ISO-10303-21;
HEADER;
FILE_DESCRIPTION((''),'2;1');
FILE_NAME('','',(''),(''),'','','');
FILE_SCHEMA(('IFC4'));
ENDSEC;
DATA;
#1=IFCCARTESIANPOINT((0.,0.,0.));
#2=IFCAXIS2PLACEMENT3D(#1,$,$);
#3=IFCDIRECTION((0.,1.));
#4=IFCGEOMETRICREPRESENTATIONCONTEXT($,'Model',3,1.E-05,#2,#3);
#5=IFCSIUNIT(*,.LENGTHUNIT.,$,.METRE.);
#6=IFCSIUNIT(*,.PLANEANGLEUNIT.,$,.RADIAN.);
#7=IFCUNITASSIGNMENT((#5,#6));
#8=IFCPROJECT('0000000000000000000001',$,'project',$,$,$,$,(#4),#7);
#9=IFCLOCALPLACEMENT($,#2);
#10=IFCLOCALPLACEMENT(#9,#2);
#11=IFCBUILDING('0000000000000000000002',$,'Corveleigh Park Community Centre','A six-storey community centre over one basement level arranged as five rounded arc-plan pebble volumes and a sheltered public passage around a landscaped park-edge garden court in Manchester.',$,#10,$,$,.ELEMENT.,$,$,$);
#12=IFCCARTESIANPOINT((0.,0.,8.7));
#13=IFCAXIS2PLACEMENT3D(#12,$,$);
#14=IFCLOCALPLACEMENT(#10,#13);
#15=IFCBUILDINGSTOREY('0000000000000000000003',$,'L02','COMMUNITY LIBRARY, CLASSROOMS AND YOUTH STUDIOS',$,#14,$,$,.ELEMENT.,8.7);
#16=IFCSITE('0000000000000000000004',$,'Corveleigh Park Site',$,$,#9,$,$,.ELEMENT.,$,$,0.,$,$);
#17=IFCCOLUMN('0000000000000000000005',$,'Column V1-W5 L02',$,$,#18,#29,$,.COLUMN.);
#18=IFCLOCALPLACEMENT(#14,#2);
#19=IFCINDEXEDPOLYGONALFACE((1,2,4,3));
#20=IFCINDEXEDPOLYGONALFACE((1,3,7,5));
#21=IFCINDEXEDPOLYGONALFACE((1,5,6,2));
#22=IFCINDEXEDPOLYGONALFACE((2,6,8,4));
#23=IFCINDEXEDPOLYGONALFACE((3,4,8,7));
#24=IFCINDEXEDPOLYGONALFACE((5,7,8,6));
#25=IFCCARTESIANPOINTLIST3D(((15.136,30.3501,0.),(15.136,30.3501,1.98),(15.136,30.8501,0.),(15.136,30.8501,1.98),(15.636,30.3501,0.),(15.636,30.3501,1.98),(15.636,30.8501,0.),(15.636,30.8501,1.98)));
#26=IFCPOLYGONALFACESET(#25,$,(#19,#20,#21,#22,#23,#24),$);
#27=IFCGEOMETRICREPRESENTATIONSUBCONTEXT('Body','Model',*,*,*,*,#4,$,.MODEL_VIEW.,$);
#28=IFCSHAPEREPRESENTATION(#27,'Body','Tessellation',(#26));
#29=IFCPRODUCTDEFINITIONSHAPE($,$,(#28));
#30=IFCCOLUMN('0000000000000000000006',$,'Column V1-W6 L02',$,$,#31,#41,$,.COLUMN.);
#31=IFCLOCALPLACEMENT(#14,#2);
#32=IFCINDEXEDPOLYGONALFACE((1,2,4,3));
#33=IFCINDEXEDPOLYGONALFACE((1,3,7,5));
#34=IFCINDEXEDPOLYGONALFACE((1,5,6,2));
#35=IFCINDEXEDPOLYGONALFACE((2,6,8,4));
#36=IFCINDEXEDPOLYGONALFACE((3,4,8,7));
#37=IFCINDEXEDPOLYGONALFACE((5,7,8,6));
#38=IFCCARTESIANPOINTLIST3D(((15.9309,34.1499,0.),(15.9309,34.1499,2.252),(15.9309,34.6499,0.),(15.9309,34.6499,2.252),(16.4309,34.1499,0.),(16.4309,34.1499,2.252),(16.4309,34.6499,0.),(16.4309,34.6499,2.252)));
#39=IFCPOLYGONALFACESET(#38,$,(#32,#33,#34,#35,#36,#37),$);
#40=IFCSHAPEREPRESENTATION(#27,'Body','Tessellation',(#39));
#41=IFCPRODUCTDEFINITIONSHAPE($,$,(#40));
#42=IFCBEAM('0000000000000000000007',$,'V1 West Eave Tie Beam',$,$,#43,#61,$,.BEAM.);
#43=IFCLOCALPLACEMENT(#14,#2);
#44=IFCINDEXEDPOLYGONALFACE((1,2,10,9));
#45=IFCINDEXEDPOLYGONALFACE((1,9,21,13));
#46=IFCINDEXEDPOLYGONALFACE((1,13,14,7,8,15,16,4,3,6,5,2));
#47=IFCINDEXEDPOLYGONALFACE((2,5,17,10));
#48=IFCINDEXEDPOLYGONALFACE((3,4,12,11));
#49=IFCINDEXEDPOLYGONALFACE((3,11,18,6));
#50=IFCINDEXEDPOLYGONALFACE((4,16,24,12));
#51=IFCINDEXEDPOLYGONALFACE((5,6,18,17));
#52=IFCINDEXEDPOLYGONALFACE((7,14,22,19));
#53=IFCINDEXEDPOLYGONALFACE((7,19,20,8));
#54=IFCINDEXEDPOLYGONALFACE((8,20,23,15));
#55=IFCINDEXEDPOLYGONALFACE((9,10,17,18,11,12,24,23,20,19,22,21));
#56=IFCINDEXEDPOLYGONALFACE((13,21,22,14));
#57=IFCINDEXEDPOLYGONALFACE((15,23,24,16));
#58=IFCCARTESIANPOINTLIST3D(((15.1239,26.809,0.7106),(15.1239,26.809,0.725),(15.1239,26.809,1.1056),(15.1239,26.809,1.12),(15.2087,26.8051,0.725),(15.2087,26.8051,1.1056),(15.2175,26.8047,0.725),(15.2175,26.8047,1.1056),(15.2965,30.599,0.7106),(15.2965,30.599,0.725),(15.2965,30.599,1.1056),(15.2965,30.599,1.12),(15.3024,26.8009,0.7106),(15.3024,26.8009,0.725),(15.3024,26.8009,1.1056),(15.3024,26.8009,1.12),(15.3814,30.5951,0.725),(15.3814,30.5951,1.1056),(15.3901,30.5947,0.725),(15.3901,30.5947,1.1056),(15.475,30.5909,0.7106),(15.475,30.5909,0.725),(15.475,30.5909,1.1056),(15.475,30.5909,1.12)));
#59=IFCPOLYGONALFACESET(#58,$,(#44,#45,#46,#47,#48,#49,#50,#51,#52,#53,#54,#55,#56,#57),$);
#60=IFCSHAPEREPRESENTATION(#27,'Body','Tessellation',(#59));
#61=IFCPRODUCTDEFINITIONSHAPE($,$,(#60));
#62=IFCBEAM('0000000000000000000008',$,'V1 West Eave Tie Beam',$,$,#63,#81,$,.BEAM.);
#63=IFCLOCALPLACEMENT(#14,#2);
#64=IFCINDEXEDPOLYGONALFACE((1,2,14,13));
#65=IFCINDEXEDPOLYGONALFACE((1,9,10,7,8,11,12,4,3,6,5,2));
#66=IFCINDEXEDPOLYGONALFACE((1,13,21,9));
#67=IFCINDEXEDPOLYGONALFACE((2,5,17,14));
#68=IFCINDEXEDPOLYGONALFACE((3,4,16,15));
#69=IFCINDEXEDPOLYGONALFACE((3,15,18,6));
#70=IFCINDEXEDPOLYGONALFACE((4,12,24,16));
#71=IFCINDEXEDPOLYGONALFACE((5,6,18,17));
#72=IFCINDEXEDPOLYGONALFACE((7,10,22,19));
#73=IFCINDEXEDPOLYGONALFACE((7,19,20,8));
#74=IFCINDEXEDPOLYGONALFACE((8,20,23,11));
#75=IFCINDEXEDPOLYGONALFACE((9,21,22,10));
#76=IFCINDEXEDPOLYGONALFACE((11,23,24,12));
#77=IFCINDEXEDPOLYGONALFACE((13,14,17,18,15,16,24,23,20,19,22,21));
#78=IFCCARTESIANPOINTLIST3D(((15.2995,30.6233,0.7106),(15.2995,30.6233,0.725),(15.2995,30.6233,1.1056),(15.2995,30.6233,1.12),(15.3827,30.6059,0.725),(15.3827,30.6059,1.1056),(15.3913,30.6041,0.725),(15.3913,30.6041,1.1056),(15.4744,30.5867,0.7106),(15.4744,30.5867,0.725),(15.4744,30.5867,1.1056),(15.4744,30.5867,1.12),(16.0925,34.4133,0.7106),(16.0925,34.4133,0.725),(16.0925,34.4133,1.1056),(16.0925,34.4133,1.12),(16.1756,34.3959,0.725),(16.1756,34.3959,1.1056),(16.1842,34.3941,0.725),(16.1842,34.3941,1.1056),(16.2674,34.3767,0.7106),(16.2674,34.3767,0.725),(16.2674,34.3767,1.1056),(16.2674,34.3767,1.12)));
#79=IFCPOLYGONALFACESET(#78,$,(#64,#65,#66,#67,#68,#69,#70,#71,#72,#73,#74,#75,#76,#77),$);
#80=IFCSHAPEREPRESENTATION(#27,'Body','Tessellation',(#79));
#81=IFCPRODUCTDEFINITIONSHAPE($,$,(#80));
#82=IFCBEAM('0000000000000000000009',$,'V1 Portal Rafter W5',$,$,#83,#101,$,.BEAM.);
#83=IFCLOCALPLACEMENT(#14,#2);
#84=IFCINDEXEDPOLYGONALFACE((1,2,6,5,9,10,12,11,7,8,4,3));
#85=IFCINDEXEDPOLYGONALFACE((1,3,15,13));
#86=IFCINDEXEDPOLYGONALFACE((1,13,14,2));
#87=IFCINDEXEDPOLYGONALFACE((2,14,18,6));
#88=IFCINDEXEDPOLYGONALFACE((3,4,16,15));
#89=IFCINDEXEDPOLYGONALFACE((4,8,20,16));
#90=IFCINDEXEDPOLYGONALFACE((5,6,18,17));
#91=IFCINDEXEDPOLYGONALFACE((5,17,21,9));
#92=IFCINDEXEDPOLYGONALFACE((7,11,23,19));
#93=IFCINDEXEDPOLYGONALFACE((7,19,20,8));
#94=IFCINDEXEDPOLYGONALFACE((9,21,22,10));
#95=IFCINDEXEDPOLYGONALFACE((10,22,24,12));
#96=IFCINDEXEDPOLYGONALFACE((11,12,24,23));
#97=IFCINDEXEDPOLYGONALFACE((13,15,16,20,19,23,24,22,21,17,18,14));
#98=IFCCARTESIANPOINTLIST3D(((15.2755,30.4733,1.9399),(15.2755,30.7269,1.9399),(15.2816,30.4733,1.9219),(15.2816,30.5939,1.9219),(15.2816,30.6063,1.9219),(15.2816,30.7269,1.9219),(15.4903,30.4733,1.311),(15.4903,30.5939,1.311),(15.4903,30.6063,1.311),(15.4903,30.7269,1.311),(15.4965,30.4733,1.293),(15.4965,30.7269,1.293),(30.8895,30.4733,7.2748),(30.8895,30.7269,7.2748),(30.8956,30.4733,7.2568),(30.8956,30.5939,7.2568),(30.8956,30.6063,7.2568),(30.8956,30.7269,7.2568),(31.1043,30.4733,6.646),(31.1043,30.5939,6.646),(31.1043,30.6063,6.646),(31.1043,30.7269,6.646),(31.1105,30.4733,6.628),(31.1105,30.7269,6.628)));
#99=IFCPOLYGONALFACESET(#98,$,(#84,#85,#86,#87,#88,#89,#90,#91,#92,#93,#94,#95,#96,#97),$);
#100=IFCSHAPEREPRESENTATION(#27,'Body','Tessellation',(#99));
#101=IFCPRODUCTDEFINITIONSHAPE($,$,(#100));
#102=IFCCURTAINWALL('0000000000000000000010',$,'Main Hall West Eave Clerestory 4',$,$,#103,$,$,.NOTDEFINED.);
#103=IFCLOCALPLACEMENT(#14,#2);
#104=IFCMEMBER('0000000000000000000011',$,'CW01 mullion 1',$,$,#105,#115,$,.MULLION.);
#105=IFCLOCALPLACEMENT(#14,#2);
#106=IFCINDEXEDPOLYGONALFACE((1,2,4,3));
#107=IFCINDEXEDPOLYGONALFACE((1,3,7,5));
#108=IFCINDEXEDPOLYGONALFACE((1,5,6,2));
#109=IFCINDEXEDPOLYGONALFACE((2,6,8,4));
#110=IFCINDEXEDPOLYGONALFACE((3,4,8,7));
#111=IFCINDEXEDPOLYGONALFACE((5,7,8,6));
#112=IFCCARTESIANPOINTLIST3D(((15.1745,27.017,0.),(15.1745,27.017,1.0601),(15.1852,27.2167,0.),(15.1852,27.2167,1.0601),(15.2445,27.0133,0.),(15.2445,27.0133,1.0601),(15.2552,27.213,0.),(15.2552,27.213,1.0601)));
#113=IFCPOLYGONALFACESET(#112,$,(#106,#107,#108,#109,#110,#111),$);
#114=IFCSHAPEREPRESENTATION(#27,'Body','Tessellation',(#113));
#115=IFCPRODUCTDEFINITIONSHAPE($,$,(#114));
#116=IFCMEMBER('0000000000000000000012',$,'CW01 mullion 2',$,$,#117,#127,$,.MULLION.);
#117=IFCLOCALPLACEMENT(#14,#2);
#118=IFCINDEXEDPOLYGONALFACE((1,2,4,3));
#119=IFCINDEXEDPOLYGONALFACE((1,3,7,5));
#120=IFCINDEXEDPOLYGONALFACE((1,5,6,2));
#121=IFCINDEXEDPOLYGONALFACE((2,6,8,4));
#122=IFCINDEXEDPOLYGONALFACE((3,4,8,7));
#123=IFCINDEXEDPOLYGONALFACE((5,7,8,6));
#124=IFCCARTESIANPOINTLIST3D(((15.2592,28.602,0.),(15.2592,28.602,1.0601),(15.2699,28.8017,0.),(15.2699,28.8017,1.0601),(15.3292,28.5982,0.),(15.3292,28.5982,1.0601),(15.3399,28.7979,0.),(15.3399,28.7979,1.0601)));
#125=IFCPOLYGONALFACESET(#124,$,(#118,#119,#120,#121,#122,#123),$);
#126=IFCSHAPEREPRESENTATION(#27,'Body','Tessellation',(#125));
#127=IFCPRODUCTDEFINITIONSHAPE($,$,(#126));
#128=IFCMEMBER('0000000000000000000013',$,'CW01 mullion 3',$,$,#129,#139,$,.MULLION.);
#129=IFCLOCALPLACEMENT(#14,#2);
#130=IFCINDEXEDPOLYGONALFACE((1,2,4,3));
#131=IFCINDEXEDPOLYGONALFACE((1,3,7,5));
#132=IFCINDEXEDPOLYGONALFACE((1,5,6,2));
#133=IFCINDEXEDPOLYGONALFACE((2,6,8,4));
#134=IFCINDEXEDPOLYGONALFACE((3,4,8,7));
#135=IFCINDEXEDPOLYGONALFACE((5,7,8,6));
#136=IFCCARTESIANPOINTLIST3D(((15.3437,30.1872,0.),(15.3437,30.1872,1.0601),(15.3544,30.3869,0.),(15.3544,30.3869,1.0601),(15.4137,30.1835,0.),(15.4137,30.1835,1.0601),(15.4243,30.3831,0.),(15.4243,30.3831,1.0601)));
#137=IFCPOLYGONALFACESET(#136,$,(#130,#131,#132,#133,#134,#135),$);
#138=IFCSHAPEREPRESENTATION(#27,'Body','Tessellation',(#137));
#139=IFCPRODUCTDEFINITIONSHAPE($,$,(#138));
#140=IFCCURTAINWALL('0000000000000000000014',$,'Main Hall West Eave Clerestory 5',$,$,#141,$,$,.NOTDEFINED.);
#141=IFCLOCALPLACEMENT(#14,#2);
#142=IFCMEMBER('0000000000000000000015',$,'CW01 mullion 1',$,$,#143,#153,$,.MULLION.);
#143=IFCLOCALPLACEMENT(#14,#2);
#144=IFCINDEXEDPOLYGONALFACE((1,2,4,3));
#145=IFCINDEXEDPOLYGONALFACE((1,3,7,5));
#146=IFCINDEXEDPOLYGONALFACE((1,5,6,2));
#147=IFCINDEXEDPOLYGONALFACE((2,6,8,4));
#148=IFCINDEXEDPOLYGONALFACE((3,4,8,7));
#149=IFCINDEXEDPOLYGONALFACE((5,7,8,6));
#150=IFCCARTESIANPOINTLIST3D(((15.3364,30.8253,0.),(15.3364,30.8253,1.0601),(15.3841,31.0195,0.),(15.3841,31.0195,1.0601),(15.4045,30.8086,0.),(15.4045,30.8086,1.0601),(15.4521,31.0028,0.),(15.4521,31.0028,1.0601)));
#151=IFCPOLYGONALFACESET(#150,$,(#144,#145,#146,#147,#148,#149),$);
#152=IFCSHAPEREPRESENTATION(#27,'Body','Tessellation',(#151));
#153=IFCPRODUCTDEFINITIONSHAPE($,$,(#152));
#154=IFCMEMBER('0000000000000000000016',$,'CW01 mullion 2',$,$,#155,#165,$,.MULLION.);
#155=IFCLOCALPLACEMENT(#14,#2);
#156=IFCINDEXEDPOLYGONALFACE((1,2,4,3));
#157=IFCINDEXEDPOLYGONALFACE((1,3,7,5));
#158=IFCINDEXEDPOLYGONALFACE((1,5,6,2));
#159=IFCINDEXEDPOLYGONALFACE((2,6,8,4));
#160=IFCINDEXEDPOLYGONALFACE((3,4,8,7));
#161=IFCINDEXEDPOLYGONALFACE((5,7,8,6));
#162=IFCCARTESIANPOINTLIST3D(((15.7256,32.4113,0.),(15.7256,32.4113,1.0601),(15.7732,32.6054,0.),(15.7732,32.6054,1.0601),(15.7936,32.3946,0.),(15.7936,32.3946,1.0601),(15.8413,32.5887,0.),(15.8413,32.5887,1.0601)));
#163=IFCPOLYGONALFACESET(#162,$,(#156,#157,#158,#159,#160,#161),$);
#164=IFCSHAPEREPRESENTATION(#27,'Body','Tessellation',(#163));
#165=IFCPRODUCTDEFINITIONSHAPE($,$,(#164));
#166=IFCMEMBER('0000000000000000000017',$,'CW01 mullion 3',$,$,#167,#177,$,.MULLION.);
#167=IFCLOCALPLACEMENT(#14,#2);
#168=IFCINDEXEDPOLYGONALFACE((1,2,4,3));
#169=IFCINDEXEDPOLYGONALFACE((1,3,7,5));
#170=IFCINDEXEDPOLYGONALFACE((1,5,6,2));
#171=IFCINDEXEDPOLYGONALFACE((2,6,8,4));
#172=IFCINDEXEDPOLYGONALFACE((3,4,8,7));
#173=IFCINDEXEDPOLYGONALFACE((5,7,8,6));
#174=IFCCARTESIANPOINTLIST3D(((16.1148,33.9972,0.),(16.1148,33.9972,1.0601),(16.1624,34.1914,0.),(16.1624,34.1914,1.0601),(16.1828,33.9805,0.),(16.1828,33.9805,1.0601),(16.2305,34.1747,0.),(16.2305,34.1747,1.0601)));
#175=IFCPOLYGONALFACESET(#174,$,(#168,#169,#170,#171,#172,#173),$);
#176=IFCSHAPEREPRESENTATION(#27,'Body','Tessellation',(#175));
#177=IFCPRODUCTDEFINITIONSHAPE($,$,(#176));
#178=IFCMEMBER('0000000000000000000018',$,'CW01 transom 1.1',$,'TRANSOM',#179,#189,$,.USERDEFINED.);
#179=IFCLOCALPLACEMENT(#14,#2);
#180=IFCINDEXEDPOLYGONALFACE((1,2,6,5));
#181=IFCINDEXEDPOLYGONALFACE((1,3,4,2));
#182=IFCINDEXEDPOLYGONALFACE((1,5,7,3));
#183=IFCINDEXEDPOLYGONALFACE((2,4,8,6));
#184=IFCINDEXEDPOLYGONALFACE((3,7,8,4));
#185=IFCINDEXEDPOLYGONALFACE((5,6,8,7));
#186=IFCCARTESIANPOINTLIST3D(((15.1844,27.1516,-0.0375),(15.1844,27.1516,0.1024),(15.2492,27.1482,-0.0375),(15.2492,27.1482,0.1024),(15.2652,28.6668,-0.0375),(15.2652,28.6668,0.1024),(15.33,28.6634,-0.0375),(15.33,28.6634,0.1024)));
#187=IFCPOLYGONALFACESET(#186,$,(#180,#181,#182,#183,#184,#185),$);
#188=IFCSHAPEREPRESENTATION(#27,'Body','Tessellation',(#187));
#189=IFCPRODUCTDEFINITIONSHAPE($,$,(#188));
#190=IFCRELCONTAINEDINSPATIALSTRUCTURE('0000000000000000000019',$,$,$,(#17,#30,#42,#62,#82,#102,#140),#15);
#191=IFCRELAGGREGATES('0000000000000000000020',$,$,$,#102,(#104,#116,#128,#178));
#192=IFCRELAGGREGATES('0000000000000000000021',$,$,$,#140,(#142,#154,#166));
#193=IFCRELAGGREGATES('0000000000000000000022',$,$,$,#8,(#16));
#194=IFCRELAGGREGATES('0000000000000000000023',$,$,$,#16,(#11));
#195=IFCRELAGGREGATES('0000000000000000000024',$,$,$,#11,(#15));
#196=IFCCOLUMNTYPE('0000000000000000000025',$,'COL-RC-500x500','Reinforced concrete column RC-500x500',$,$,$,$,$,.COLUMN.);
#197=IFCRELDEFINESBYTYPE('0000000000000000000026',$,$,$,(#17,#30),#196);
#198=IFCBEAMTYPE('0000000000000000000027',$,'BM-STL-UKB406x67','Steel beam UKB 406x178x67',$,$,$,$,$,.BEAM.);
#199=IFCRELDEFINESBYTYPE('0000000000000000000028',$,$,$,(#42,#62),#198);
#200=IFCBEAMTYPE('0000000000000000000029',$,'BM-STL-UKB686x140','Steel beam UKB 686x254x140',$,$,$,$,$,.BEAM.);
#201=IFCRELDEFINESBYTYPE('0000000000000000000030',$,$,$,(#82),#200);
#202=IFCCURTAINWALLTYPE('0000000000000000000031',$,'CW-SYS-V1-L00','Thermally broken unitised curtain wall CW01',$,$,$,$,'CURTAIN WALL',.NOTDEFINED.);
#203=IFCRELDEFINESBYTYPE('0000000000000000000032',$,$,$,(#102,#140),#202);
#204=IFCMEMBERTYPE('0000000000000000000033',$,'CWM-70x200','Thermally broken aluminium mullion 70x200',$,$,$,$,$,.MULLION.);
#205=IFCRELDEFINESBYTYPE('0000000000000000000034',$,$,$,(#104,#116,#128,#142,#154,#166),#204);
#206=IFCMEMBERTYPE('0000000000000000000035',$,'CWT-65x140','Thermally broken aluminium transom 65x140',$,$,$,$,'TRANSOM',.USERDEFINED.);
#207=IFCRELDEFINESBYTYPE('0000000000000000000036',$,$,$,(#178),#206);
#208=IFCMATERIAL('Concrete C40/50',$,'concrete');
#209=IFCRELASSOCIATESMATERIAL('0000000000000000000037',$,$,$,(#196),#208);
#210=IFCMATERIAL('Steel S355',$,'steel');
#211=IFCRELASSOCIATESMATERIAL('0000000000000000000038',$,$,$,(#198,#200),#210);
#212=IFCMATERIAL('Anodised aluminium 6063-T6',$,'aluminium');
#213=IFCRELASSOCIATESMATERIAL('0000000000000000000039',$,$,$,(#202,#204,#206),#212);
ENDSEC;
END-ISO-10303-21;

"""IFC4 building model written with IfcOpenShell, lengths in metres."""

from ifc_helpers import new_model, si_unit, direction, frame, origin, origin_2d, place, context, subcontext, project, spatial, rectangle, i_section, extrude, material, material_profile, profile_set, type_object, element, aggregate, save


model = new_model("IFC4")

# Units and contexts
model_context = context("Model", 3, precision=1e-05, world=origin(), true_north=direction((0.0, 1.0)))
body_context = subcontext(model_context, "Body", "Model", "MODEL_VIEW")
ifc_project = project(units=[si_unit("LENGTHUNIT", "METRE"), si_unit("PLANEANGLEUNIT", "RADIAN")], contexts=[model_context])

# Site, building, storey
site_placement = place(None, origin())
site = spatial("IfcSite", under=ifc_project, at=site_placement, Name="Corveleigh Park Site", CompositionType="ELEMENT", RefElevation=0.0)
building_placement = place(site_placement, origin())
building = spatial("IfcBuilding", under=site, at=building_placement, Name="Corveleigh Park Community Centre", Description="A six-storey community centre over one basement level arranged as five rounded arc-plan pebble volumes and a sheltered public passage around a landscaped park-edge garden court in Manchester.", CompositionType="ELEMENT")
storey_placement = place(building_placement, frame((0.0, 0.0, 8.7)))
storey = spatial("IfcBuildingStorey", under=building, at=storey_placement, Name="L02", Description="COMMUNITY LIBRARY, CLASSROOMS AND YOUTH STUDIOS", CompositionType="ELEMENT", Elevation=8.7)

# Columns
ifc_material_1 = material(Name="Concrete C40/50", Category="concrete")
ifc_material_profile_1 = material_profile(ifc_material_1, rectangle(XDim=0.5, YDim=0.5, at=origin_2d()), Name="RC-500x500", Category="concrete")
ifc_profile_set_1 = profile_set([ifc_material_profile_1], Name="Concrete C40/50")
column_type = type_object("IfcColumnType", Name="COL-RC-500x500", Description="Reinforced concrete column RC-500x500", PredefinedType="COLUMN", material=ifc_profile_set_1)
column_1_placement = place(storey_placement, frame((15.386, 30.6001, 0.0), z_axis=(0.0, 0.0, 1.0), x_axis=(1.0, 0.0, 0.0)))
element("IfcColumn", 1, at=column_1_placement, inside=storey, type_object=column_type, Name="Column V1-W5 L02", PredefinedType="COLUMN", context=body_context, shape_type="SweptSolid", body=[
    extrude(rectangle(XDim=0.5, YDim=0.5, at=origin_2d()), origin(), (0.0, 0.0, 1.0), 1.98),
])
column_2_placement = place(storey_placement, frame((16.1809, 34.3999, 0.0), z_axis=(0.0, 0.0, 1.0), x_axis=(1.0, 0.0, 0.0)))
element("IfcColumn", 2, at=column_2_placement, inside=storey, type_object=column_type, Name="Column V1-W6 L02", PredefinedType="COLUMN", context=body_context, shape_type="SweptSolid", body=[
    extrude(rectangle(XDim=0.5, YDim=0.5, at=origin_2d()), origin(), (0.0, 0.0, 1.0), 2.252),
])

# Beams
ifc_material_2 = material(Name="Steel S355", Category="steel")
ifc_material_profile_2 = material_profile(ifc_material_2, i_section(OverallWidth=0.1787, OverallDepth=0.4094, WebThickness=0.0088, FlangeThickness=0.0144, at=origin_2d()), Name="UKB 406x178x67", Category="steel")
ifc_profile_set_2 = profile_set([ifc_material_profile_2], Name="Steel S355")
beam_type_1 = type_object("IfcBeamType", Name="BM-STL-UKB406x67", Description="Steel beam UKB 406x178x67", PredefinedType="BEAM", material=ifc_profile_set_2)
beam_1_placement = place(storey_placement, frame((15.2131, 26.8049, 0.9153), z_axis=(0.045495, 0.998965, 0.0), x_axis=(-0.998965, 0.045495, 0.0)))
element("IfcBeam", 3, at=beam_1_placement, inside=storey, type_object=beam_type_1, Name="V1 West Eave Tie Beam", PredefinedType="BEAM", context=body_context, shape_type="SweptSolid", body=[
    extrude(i_section(OverallWidth=0.1787, OverallDepth=0.4094, WebThickness=0.0088, FlangeThickness=0.0144, at=origin_2d()), origin(), (0.0, 0.0, 1.0), 3.7939),
])
beam_2_placement = place(storey_placement, frame((15.387, 30.605, 0.9153), z_axis=(0.20479, 0.978806, 0.0), x_axis=(-0.978806, 0.20479, 0.0)))
element("IfcBeam", 4, at=beam_2_placement, inside=storey, type_object=beam_type_1, Name="V1 West Eave Tie Beam", PredefinedType="BEAM", context=body_context, shape_type="SweptSolid", body=[
    extrude(i_section(OverallWidth=0.1787, OverallDepth=0.4094, WebThickness=0.0088, FlangeThickness=0.0144, at=origin_2d()), origin(), (0.0, 0.0, 1.0), 3.8721),
])
ifc_material_profile_3 = material_profile(ifc_material_2, i_section(OverallWidth=0.2537, OverallDepth=0.6836, WebThickness=0.0125, FlangeThickness=0.019, at=origin_2d()), Name="UKB 686x254x140", Category="steel")
ifc_profile_set_3 = profile_set([ifc_material_profile_3], Name="Steel S355")
beam_type_2 = type_object("IfcBeamType", Name="BM-STL-UKB686x140", Description="Steel beam UKB 686x254x140", PredefinedType="BEAM", material=ifc_profile_set_3)
beam_3_placement = place(storey_placement, frame((15.386, 30.6001, 1.6165), z_axis=(0.946288, 0.0, 0.323325), x_axis=(0.0, 1.0, 0.0)))
element("IfcBeam", 5, at=beam_3_placement, inside=storey, type_object=beam_type_2, Name="V1 Portal Rafter W5", PredefinedType="BEAM", context=body_context, shape_type="SweptSolid", body=[
    extrude(i_section(OverallWidth=0.2537, OverallDepth=0.6836, WebThickness=0.0125, FlangeThickness=0.019, at=origin_2d()), origin(), (0.0, 0.0, 1.0), 16.5002),
])

# Curtain walls, members
ifc_material_3 = material(Name="Anodised aluminium 6063-T6", Category="aluminium")
curtain_wall_type = type_object("IfcCurtainWallType", Name="CW-SYS-V1-L00", Description="Thermally broken unitised curtain wall CW01", ElementType="CURTAIN WALL", PredefinedType="NOTDEFINED", material=ifc_material_3)
curtain_wall_1_placement = place(storey_placement, origin())
curtain_wall_1 = element("IfcCurtainWall", 6, at=curtain_wall_1_placement, inside=storey, type_object=curtain_wall_type, Name="Main Hall West Eave Clerestory 4", PredefinedType="NOTDEFINED")
ifc_material_profile_4 = material_profile(ifc_material_3, rectangle(XDim=0.0701, YDim=0.2, at=origin_2d()), Name="ALU-M70x200", Category="aluminium")
ifc_profile_set_4 = profile_set([ifc_material_profile_4], Name="Anodised aluminium 6063-T6")
member_type_1 = type_object("IfcMemberType", Name="CWM-70x200", Description="Thermally broken aluminium mullion 70x200", PredefinedType="MULLION", material=ifc_profile_set_4)
member_1_placement = place(storey_placement, frame((15.2148, 27.115, 0.0), z_axis=(0.0, 0.0, 1.0), x_axis=(-0.998578, 0.053319, 0.0)))
member_1 = element("IfcMember", 7, at=member_1_placement, type_object=member_type_1, Name="CW01 mullion 1", PredefinedType="MULLION", context=body_context, shape_type="SweptSolid", body=[
    extrude(rectangle(XDim=0.0701, YDim=0.2, at=origin_2d()), origin(), (0.0, 0.0, 1.0), 1.0601),
])
member_2_placement = place(storey_placement, frame((15.2996, 28.7, 0.0), z_axis=(0.0, 0.0, 1.0), x_axis=(-0.998578, 0.053319, 0.0)))
member_2 = element("IfcMember", 8, at=member_2_placement, type_object=member_type_1, Name="CW01 mullion 2", PredefinedType="MULLION", context=body_context, shape_type="SweptSolid", body=[
    extrude(rectangle(XDim=0.0701, YDim=0.2, at=origin_2d()), origin(), (0.0, 0.0, 1.0), 1.0601),
])
member_3_placement = place(storey_placement, frame((15.384, 30.2852, 0.0), z_axis=(0.0, 0.0, 1.0), x_axis=(-0.998578, 0.053319, 0.0)))
member_3 = element("IfcMember", 9, at=member_3_placement, type_object=member_type_1, Name="CW01 mullion 3", PredefinedType="MULLION", context=body_context, shape_type="SweptSolid", body=[
    extrude(rectangle(XDim=0.0701, YDim=0.2, at=origin_2d()), origin(), (0.0, 0.0, 1.0), 1.0601),
])
curtain_wall_2_placement = place(storey_placement, origin())
curtain_wall_2 = element("IfcCurtainWall", 10, at=curtain_wall_2_placement, inside=storey, type_object=curtain_wall_type, Name="Main Hall West Eave Clerestory 5", PredefinedType="NOTDEFINED")
member_4_placement = place(storey_placement, frame((15.3943, 30.9141, 0.0), z_axis=(0.0, 0.0, 1.0), x_axis=(-0.971191, 0.238302, 0.0)))
member_4 = element("IfcMember", 11, at=member_4_placement, type_object=member_type_1, Name="CW01 mullion 1", PredefinedType="MULLION", context=body_context, shape_type="SweptSolid", body=[
    extrude(rectangle(XDim=0.0701, YDim=0.2, at=origin_2d()), origin(), (0.0, 0.0, 1.0), 1.0601),
])
member_5_placement = place(storey_placement, frame((15.7834, 32.5, 0.0), z_axis=(0.0, 0.0, 1.0), x_axis=(-0.971191, 0.238302, 0.0)))
member_5 = element("IfcMember", 12, at=member_5_placement, type_object=member_type_1, Name="CW01 mullion 2", PredefinedType="MULLION", context=body_context, shape_type="SweptSolid", body=[
    extrude(rectangle(XDim=0.0701, YDim=0.2, at=origin_2d()), origin(), (0.0, 0.0, 1.0), 1.0601),
])
member_6_placement = place(storey_placement, frame((16.1726, 34.0859, 0.0), z_axis=(0.0, 0.0, 1.0), x_axis=(-0.971191, 0.238302, 0.0)))
member_6 = element("IfcMember", 13, at=member_6_placement, type_object=member_type_1, Name="CW01 mullion 3", PredefinedType="MULLION", context=body_context, shape_type="SweptSolid", body=[
    extrude(rectangle(XDim=0.0701, YDim=0.2, at=origin_2d()), origin(), (0.0, 0.0, 1.0), 1.0601),
])

# Member
ifc_material_profile_5 = material_profile(ifc_material_3, rectangle(XDim=0.0649, YDim=0.1399, at=origin_2d()), Name="ALU-T65x140", Category="aluminium")
ifc_profile_set_5 = profile_set([ifc_material_profile_5], Name="Anodised aluminium 6063-T6")
member_type_2 = type_object("IfcMemberType", Name="CWT-65x140", Description="Thermally broken aluminium transom 65x140", ElementType="TRANSOM", PredefinedType="USERDEFINED", material=ifc_profile_set_5)
member_7_placement = place(storey_placement, frame((15.2168, 27.1499, 0.0325), z_axis=(0.05326, 0.998581, 0.0), x_axis=(-0.998581, 0.05326, 0.0)))
member_7 = element("IfcMember", 14, at=member_7_placement, type_object=member_type_2, Name="CW01 transom 1.1", ObjectType="TRANSOM", PredefinedType="USERDEFINED", context=body_context, shape_type="SweptSolid", body=[
    extrude(rectangle(XDim=0.0649, YDim=0.1399, at=origin_2d()), origin(), (0.0, 0.0, 1.0), 1.5173),
])

aggregate(curtain_wall_1, [member_1, member_2, member_3, member_7])
aggregate(curtain_wall_2, [member_4, member_5, member_6])

save(model, "model.ifc")
